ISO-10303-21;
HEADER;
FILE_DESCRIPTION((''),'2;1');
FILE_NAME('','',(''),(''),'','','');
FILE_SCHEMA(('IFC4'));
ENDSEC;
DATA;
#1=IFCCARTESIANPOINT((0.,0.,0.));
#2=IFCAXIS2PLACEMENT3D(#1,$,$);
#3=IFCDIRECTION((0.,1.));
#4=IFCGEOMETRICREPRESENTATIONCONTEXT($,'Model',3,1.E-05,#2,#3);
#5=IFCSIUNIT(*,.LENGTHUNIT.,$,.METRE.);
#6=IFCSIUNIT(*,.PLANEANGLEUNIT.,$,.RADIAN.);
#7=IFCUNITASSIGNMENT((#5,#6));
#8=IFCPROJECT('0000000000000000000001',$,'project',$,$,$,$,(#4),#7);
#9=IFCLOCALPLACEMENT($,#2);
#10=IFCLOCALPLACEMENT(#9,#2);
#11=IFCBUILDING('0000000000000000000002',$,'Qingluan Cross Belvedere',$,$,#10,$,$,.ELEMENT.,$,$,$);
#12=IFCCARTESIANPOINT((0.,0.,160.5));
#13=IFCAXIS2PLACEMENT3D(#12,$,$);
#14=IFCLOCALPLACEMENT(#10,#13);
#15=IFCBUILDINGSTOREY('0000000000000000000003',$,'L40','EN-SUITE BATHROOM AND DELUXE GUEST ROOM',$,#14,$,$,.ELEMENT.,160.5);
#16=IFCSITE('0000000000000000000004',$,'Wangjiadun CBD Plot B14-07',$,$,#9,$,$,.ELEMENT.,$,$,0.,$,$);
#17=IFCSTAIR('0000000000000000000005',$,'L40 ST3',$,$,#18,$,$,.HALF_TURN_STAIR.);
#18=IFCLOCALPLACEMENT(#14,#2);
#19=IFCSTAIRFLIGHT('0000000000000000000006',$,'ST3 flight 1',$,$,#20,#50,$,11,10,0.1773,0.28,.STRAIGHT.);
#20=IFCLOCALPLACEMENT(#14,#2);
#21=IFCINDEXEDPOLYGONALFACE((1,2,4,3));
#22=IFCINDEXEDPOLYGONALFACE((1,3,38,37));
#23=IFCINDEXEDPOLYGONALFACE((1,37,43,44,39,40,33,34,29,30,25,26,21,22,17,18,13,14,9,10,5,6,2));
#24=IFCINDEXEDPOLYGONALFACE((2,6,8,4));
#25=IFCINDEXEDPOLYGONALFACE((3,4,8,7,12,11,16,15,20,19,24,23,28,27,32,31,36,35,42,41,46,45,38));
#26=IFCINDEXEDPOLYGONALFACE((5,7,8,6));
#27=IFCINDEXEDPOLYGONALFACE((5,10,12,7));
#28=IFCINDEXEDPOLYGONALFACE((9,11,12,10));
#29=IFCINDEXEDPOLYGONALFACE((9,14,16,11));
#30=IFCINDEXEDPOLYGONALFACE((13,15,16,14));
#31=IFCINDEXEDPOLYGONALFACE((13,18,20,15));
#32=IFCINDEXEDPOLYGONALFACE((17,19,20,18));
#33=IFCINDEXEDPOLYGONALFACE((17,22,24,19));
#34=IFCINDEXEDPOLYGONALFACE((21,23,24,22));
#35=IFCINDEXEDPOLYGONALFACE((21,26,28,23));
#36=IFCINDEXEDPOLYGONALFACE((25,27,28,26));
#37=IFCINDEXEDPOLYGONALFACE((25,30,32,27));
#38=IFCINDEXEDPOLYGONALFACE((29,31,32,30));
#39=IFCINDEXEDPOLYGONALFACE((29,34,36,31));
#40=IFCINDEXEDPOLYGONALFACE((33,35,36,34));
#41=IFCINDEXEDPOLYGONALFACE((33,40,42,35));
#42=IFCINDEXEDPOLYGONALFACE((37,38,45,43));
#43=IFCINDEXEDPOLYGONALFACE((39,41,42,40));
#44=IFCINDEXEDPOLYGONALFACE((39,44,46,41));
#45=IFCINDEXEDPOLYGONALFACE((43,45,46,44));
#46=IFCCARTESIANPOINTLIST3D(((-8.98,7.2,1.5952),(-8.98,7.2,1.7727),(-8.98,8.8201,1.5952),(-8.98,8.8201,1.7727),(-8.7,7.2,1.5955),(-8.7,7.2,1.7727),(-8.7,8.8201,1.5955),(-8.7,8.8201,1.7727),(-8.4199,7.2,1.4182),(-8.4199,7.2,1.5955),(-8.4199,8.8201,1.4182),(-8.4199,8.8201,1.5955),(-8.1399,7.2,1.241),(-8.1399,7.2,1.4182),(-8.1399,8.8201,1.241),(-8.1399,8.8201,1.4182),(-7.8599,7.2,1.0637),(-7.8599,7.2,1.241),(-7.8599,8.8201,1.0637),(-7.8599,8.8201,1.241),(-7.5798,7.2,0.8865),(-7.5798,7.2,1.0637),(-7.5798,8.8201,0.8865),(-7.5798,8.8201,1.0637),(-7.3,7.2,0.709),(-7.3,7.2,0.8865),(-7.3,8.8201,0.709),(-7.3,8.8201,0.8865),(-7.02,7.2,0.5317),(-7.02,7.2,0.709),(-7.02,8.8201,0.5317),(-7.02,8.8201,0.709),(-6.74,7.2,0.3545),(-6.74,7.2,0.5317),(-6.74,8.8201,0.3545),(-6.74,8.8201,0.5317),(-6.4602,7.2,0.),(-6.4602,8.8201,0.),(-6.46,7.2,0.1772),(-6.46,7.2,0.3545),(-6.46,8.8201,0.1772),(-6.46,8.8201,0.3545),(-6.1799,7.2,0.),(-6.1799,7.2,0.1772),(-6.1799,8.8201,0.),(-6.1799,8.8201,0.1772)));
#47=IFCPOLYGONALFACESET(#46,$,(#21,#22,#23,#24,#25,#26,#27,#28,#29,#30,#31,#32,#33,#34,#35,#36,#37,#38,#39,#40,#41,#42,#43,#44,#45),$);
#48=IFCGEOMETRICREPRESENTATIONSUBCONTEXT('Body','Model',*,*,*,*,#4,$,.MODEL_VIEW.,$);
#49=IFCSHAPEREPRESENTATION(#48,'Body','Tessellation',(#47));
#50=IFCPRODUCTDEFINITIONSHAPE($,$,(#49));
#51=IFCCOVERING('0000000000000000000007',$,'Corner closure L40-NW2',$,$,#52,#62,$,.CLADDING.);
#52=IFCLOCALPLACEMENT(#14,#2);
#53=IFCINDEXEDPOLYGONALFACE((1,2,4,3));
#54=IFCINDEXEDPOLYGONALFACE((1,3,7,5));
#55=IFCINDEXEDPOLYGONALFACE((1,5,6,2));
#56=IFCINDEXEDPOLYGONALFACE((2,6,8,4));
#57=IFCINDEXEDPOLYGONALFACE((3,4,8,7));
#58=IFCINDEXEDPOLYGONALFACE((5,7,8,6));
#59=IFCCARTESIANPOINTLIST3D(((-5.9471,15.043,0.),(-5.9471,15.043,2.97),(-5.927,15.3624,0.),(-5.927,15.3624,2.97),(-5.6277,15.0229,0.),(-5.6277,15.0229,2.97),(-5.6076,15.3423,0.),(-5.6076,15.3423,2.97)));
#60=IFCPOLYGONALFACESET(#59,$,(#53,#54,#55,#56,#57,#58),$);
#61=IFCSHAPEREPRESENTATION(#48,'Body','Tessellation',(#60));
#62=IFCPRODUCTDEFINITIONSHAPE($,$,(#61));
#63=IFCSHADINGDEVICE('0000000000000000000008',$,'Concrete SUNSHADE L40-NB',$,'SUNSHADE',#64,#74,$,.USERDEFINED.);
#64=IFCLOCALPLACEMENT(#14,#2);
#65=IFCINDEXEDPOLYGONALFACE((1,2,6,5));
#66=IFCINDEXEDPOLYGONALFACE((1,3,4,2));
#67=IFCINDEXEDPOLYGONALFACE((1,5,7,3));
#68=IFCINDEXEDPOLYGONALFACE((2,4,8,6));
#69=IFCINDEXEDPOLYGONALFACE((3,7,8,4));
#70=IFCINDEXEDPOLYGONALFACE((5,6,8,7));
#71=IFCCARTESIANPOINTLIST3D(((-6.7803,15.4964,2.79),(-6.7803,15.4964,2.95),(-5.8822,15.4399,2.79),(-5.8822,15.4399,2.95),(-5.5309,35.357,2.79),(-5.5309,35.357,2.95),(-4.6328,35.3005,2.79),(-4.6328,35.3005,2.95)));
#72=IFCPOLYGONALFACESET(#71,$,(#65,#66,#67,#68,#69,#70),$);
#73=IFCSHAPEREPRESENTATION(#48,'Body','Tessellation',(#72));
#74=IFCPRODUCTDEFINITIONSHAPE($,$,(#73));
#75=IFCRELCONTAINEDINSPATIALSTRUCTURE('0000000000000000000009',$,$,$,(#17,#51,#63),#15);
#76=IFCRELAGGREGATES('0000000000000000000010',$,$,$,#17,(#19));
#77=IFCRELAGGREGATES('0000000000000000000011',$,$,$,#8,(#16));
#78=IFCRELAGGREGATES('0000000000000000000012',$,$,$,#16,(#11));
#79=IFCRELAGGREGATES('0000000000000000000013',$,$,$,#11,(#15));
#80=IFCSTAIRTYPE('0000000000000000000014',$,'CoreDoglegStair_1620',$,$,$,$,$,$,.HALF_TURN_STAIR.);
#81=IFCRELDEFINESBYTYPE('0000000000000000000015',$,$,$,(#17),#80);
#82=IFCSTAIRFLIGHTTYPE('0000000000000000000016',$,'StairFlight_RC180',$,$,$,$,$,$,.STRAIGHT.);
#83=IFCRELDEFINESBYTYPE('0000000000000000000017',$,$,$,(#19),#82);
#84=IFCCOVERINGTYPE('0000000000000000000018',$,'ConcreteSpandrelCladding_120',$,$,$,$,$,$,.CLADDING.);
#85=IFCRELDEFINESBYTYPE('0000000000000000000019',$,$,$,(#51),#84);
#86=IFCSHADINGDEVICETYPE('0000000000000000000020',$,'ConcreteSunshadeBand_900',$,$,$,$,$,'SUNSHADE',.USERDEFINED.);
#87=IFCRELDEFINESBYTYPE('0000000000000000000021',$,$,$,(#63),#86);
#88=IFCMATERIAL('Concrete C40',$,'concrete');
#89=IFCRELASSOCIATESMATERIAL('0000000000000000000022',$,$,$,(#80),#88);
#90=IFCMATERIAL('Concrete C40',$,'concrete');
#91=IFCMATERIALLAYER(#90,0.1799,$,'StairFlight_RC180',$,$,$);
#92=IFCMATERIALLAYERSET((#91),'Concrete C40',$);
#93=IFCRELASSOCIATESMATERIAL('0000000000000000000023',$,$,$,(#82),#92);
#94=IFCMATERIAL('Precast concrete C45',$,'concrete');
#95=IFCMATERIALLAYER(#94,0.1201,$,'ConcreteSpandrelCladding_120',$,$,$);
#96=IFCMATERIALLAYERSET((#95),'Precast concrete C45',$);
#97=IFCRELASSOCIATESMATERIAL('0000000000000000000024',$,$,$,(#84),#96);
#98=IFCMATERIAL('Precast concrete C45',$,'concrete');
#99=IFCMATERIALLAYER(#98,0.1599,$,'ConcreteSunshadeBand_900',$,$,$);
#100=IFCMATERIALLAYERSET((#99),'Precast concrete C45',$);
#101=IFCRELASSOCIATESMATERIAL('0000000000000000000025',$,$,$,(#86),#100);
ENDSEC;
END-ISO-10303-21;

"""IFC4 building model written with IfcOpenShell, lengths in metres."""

from ifc_helpers import new_model, si_unit, direction, frame, origin, origin_2d, place, context, subcontext, project, spatial, polyline, rectangle, outline, extrude, material, layer, layer_set, type_object, element, aggregate, save


model = new_model("IFC4")

# Units and contexts
model_context = context("Model", 3, precision=1e-05, world=origin(), true_north=direction((0.0, 1.0)))
body_context = subcontext(model_context, "Body", "Model", "MODEL_VIEW")
ifc_project = project(units=[si_unit("LENGTHUNIT", "METRE"), si_unit("PLANEANGLEUNIT", "RADIAN")], contexts=[model_context])

# Site, building, storey
site_placement = place(None, origin())
site = spatial("IfcSite", under=ifc_project, at=site_placement, Name="Wangjiadun CBD Plot B14-07", CompositionType="ELEMENT", RefElevation=0.0)
building_placement = place(site_placement, origin())
building = spatial("IfcBuilding", under=site, at=building_placement, Name="Qingluan Cross Belvedere", CompositionType="ELEMENT")
storey_placement = place(building_placement, frame((0.0, 0.0, 160.5)))
storey = spatial("IfcBuildingStorey", under=building, at=storey_placement, Name="L40", Description="EN-SUITE BATHROOM AND DELUXE GUEST ROOM", CompositionType="ELEMENT", Elevation=160.5)

# Stair, stair flight
ifc_material_1 = material(Name="Concrete C40", Category="concrete")
stair_type = type_object("IfcStairType", Name="CoreDoglegStair_1620", PredefinedType="HALF_TURN_STAIR", material=ifc_material_1)
stair_placement = place(storey_placement, origin())
stair = element("IfcStair", 1, at=stair_placement, inside=storey, type_object=stair_type, Name="L40 ST3", PredefinedType="HALF_TURN_STAIR")
ifc_material_2 = material(Name="Concrete C40", Category="concrete")
ifc_layer_1 = layer(ifc_material_2, 0.1799, Name="StairFlight_RC180")
ifc_layer_set_1 = layer_set([ifc_layer_1], Name="Concrete C40")
stair_flight_type = type_object("IfcStairFlightType", Name="StairFlight_RC180", PredefinedType="STRAIGHT", material=ifc_layer_set_1)
stair_flight_placement = place(storey_placement, frame((-6.1799, 8.01, 0.0), z_axis=(0.0, 0.0, 1.0), x_axis=(-1.0, 0.0, 0.0)))
stair_flight = element("IfcStairFlight", 2, at=stair_flight_placement, type_object=stair_flight_type, Name="ST3 flight 1", NumberOfRisers=11, NumberOfTreads=10, PredefinedType="STRAIGHT", RiserHeight=0.1773, TreadLength=0.28, context=body_context, shape_type="SweptSolid", body=[
    extrude(outline(polyline([(0.0, 0.0), (0.0, 0.1772), (0.28, 0.1772), (0.28, 0.3545), (0.5601, 0.3545), (0.5601, 0.5317), (0.8401, 0.5317), (0.8401, 0.709), (1.1201, 0.709), (1.1201, 0.8865), (1.3999, 0.8865), (1.3999, 1.0637), (1.6799, 1.0637), (1.6799, 1.241), (1.96, 1.241), (1.96, 1.4182), (2.24, 1.4182), (2.24, 1.5955), (2.52, 1.5955), (2.52, 1.7727), (2.8, 1.7727), (2.8, 1.95), (2.8, 1.5952), (0.2803, 0.0), (0.0, 0.0)])), frame((0.0, 0.8101, 0.0), z_axis=(0.0, -1.0, 0.0), x_axis=(1.0, 0.0, 0.0)), (0.0, 0.0, 1.0), 1.6201),
])
aggregate(stair, [stair_flight])

# Covering
ifc_material_3 = material(Name="Precast concrete C45", Category="concrete")
ifc_layer_2 = layer(ifc_material_3, 0.1201, Name="ConcreteSpandrelCladding_120")
ifc_layer_set_2 = layer_set([ifc_layer_2], Name="Precast concrete C45")
covering_type = type_object("IfcCoveringType", Name="ConcreteSpandrelCladding_120", PredefinedType="CLADDING", material=ifc_layer_set_2)
covering_placement = place(storey_placement, frame((-5.7773, 15.1926, 0.0), z_axis=(0.0, 0.0, 1.0), x_axis=(0.998027, -0.062791, 0.0)))
element("IfcCovering", 3, at=covering_placement, inside=storey, type_object=covering_type, Name="Corner closure L40-NW2", PredefinedType="CLADDING", context=body_context, shape_type="SweptSolid", body=[
    extrude(rectangle(XDim=0.3201, YDim=0.3201, at=origin_2d()), origin(), (0.0, 0.0, 1.0), 2.97),
])

# Shading device
ifc_material_4 = material(Name="Precast concrete C45", Category="concrete")
ifc_layer_3 = layer(ifc_material_4, 0.1599, Name="ConcreteSunshadeBand_900")
ifc_layer_set_3 = layer_set([ifc_layer_3], Name="Precast concrete C45")
shading_device_type = type_object("IfcShadingDeviceType", Name="ConcreteSunshadeBand_900", ElementType="SUNSHADE", PredefinedType="USERDEFINED", material=ifc_layer_set_3)
shading_device_placement = place(storey_placement, frame((-5.7065, 25.3984, 2.79), z_axis=(0.0, 0.0, 1.0), x_axis=(-0.062786, -0.998027, 0.0)))
element("IfcShadingDevice", 4, at=shading_device_placement, inside=storey, type_object=shading_device_type, Name="Concrete SUNSHADE L40-NB", ObjectType="SUNSHADE", PredefinedType="USERDEFINED", context=body_context, shape_type="SweptSolid", body=[
    extrude(rectangle(XDim=19.8999, YDim=0.8999, at=origin_2d()), origin(), (0.0, 0.0, 1.0), 0.1599),
])

save(model, "model.ifc")
